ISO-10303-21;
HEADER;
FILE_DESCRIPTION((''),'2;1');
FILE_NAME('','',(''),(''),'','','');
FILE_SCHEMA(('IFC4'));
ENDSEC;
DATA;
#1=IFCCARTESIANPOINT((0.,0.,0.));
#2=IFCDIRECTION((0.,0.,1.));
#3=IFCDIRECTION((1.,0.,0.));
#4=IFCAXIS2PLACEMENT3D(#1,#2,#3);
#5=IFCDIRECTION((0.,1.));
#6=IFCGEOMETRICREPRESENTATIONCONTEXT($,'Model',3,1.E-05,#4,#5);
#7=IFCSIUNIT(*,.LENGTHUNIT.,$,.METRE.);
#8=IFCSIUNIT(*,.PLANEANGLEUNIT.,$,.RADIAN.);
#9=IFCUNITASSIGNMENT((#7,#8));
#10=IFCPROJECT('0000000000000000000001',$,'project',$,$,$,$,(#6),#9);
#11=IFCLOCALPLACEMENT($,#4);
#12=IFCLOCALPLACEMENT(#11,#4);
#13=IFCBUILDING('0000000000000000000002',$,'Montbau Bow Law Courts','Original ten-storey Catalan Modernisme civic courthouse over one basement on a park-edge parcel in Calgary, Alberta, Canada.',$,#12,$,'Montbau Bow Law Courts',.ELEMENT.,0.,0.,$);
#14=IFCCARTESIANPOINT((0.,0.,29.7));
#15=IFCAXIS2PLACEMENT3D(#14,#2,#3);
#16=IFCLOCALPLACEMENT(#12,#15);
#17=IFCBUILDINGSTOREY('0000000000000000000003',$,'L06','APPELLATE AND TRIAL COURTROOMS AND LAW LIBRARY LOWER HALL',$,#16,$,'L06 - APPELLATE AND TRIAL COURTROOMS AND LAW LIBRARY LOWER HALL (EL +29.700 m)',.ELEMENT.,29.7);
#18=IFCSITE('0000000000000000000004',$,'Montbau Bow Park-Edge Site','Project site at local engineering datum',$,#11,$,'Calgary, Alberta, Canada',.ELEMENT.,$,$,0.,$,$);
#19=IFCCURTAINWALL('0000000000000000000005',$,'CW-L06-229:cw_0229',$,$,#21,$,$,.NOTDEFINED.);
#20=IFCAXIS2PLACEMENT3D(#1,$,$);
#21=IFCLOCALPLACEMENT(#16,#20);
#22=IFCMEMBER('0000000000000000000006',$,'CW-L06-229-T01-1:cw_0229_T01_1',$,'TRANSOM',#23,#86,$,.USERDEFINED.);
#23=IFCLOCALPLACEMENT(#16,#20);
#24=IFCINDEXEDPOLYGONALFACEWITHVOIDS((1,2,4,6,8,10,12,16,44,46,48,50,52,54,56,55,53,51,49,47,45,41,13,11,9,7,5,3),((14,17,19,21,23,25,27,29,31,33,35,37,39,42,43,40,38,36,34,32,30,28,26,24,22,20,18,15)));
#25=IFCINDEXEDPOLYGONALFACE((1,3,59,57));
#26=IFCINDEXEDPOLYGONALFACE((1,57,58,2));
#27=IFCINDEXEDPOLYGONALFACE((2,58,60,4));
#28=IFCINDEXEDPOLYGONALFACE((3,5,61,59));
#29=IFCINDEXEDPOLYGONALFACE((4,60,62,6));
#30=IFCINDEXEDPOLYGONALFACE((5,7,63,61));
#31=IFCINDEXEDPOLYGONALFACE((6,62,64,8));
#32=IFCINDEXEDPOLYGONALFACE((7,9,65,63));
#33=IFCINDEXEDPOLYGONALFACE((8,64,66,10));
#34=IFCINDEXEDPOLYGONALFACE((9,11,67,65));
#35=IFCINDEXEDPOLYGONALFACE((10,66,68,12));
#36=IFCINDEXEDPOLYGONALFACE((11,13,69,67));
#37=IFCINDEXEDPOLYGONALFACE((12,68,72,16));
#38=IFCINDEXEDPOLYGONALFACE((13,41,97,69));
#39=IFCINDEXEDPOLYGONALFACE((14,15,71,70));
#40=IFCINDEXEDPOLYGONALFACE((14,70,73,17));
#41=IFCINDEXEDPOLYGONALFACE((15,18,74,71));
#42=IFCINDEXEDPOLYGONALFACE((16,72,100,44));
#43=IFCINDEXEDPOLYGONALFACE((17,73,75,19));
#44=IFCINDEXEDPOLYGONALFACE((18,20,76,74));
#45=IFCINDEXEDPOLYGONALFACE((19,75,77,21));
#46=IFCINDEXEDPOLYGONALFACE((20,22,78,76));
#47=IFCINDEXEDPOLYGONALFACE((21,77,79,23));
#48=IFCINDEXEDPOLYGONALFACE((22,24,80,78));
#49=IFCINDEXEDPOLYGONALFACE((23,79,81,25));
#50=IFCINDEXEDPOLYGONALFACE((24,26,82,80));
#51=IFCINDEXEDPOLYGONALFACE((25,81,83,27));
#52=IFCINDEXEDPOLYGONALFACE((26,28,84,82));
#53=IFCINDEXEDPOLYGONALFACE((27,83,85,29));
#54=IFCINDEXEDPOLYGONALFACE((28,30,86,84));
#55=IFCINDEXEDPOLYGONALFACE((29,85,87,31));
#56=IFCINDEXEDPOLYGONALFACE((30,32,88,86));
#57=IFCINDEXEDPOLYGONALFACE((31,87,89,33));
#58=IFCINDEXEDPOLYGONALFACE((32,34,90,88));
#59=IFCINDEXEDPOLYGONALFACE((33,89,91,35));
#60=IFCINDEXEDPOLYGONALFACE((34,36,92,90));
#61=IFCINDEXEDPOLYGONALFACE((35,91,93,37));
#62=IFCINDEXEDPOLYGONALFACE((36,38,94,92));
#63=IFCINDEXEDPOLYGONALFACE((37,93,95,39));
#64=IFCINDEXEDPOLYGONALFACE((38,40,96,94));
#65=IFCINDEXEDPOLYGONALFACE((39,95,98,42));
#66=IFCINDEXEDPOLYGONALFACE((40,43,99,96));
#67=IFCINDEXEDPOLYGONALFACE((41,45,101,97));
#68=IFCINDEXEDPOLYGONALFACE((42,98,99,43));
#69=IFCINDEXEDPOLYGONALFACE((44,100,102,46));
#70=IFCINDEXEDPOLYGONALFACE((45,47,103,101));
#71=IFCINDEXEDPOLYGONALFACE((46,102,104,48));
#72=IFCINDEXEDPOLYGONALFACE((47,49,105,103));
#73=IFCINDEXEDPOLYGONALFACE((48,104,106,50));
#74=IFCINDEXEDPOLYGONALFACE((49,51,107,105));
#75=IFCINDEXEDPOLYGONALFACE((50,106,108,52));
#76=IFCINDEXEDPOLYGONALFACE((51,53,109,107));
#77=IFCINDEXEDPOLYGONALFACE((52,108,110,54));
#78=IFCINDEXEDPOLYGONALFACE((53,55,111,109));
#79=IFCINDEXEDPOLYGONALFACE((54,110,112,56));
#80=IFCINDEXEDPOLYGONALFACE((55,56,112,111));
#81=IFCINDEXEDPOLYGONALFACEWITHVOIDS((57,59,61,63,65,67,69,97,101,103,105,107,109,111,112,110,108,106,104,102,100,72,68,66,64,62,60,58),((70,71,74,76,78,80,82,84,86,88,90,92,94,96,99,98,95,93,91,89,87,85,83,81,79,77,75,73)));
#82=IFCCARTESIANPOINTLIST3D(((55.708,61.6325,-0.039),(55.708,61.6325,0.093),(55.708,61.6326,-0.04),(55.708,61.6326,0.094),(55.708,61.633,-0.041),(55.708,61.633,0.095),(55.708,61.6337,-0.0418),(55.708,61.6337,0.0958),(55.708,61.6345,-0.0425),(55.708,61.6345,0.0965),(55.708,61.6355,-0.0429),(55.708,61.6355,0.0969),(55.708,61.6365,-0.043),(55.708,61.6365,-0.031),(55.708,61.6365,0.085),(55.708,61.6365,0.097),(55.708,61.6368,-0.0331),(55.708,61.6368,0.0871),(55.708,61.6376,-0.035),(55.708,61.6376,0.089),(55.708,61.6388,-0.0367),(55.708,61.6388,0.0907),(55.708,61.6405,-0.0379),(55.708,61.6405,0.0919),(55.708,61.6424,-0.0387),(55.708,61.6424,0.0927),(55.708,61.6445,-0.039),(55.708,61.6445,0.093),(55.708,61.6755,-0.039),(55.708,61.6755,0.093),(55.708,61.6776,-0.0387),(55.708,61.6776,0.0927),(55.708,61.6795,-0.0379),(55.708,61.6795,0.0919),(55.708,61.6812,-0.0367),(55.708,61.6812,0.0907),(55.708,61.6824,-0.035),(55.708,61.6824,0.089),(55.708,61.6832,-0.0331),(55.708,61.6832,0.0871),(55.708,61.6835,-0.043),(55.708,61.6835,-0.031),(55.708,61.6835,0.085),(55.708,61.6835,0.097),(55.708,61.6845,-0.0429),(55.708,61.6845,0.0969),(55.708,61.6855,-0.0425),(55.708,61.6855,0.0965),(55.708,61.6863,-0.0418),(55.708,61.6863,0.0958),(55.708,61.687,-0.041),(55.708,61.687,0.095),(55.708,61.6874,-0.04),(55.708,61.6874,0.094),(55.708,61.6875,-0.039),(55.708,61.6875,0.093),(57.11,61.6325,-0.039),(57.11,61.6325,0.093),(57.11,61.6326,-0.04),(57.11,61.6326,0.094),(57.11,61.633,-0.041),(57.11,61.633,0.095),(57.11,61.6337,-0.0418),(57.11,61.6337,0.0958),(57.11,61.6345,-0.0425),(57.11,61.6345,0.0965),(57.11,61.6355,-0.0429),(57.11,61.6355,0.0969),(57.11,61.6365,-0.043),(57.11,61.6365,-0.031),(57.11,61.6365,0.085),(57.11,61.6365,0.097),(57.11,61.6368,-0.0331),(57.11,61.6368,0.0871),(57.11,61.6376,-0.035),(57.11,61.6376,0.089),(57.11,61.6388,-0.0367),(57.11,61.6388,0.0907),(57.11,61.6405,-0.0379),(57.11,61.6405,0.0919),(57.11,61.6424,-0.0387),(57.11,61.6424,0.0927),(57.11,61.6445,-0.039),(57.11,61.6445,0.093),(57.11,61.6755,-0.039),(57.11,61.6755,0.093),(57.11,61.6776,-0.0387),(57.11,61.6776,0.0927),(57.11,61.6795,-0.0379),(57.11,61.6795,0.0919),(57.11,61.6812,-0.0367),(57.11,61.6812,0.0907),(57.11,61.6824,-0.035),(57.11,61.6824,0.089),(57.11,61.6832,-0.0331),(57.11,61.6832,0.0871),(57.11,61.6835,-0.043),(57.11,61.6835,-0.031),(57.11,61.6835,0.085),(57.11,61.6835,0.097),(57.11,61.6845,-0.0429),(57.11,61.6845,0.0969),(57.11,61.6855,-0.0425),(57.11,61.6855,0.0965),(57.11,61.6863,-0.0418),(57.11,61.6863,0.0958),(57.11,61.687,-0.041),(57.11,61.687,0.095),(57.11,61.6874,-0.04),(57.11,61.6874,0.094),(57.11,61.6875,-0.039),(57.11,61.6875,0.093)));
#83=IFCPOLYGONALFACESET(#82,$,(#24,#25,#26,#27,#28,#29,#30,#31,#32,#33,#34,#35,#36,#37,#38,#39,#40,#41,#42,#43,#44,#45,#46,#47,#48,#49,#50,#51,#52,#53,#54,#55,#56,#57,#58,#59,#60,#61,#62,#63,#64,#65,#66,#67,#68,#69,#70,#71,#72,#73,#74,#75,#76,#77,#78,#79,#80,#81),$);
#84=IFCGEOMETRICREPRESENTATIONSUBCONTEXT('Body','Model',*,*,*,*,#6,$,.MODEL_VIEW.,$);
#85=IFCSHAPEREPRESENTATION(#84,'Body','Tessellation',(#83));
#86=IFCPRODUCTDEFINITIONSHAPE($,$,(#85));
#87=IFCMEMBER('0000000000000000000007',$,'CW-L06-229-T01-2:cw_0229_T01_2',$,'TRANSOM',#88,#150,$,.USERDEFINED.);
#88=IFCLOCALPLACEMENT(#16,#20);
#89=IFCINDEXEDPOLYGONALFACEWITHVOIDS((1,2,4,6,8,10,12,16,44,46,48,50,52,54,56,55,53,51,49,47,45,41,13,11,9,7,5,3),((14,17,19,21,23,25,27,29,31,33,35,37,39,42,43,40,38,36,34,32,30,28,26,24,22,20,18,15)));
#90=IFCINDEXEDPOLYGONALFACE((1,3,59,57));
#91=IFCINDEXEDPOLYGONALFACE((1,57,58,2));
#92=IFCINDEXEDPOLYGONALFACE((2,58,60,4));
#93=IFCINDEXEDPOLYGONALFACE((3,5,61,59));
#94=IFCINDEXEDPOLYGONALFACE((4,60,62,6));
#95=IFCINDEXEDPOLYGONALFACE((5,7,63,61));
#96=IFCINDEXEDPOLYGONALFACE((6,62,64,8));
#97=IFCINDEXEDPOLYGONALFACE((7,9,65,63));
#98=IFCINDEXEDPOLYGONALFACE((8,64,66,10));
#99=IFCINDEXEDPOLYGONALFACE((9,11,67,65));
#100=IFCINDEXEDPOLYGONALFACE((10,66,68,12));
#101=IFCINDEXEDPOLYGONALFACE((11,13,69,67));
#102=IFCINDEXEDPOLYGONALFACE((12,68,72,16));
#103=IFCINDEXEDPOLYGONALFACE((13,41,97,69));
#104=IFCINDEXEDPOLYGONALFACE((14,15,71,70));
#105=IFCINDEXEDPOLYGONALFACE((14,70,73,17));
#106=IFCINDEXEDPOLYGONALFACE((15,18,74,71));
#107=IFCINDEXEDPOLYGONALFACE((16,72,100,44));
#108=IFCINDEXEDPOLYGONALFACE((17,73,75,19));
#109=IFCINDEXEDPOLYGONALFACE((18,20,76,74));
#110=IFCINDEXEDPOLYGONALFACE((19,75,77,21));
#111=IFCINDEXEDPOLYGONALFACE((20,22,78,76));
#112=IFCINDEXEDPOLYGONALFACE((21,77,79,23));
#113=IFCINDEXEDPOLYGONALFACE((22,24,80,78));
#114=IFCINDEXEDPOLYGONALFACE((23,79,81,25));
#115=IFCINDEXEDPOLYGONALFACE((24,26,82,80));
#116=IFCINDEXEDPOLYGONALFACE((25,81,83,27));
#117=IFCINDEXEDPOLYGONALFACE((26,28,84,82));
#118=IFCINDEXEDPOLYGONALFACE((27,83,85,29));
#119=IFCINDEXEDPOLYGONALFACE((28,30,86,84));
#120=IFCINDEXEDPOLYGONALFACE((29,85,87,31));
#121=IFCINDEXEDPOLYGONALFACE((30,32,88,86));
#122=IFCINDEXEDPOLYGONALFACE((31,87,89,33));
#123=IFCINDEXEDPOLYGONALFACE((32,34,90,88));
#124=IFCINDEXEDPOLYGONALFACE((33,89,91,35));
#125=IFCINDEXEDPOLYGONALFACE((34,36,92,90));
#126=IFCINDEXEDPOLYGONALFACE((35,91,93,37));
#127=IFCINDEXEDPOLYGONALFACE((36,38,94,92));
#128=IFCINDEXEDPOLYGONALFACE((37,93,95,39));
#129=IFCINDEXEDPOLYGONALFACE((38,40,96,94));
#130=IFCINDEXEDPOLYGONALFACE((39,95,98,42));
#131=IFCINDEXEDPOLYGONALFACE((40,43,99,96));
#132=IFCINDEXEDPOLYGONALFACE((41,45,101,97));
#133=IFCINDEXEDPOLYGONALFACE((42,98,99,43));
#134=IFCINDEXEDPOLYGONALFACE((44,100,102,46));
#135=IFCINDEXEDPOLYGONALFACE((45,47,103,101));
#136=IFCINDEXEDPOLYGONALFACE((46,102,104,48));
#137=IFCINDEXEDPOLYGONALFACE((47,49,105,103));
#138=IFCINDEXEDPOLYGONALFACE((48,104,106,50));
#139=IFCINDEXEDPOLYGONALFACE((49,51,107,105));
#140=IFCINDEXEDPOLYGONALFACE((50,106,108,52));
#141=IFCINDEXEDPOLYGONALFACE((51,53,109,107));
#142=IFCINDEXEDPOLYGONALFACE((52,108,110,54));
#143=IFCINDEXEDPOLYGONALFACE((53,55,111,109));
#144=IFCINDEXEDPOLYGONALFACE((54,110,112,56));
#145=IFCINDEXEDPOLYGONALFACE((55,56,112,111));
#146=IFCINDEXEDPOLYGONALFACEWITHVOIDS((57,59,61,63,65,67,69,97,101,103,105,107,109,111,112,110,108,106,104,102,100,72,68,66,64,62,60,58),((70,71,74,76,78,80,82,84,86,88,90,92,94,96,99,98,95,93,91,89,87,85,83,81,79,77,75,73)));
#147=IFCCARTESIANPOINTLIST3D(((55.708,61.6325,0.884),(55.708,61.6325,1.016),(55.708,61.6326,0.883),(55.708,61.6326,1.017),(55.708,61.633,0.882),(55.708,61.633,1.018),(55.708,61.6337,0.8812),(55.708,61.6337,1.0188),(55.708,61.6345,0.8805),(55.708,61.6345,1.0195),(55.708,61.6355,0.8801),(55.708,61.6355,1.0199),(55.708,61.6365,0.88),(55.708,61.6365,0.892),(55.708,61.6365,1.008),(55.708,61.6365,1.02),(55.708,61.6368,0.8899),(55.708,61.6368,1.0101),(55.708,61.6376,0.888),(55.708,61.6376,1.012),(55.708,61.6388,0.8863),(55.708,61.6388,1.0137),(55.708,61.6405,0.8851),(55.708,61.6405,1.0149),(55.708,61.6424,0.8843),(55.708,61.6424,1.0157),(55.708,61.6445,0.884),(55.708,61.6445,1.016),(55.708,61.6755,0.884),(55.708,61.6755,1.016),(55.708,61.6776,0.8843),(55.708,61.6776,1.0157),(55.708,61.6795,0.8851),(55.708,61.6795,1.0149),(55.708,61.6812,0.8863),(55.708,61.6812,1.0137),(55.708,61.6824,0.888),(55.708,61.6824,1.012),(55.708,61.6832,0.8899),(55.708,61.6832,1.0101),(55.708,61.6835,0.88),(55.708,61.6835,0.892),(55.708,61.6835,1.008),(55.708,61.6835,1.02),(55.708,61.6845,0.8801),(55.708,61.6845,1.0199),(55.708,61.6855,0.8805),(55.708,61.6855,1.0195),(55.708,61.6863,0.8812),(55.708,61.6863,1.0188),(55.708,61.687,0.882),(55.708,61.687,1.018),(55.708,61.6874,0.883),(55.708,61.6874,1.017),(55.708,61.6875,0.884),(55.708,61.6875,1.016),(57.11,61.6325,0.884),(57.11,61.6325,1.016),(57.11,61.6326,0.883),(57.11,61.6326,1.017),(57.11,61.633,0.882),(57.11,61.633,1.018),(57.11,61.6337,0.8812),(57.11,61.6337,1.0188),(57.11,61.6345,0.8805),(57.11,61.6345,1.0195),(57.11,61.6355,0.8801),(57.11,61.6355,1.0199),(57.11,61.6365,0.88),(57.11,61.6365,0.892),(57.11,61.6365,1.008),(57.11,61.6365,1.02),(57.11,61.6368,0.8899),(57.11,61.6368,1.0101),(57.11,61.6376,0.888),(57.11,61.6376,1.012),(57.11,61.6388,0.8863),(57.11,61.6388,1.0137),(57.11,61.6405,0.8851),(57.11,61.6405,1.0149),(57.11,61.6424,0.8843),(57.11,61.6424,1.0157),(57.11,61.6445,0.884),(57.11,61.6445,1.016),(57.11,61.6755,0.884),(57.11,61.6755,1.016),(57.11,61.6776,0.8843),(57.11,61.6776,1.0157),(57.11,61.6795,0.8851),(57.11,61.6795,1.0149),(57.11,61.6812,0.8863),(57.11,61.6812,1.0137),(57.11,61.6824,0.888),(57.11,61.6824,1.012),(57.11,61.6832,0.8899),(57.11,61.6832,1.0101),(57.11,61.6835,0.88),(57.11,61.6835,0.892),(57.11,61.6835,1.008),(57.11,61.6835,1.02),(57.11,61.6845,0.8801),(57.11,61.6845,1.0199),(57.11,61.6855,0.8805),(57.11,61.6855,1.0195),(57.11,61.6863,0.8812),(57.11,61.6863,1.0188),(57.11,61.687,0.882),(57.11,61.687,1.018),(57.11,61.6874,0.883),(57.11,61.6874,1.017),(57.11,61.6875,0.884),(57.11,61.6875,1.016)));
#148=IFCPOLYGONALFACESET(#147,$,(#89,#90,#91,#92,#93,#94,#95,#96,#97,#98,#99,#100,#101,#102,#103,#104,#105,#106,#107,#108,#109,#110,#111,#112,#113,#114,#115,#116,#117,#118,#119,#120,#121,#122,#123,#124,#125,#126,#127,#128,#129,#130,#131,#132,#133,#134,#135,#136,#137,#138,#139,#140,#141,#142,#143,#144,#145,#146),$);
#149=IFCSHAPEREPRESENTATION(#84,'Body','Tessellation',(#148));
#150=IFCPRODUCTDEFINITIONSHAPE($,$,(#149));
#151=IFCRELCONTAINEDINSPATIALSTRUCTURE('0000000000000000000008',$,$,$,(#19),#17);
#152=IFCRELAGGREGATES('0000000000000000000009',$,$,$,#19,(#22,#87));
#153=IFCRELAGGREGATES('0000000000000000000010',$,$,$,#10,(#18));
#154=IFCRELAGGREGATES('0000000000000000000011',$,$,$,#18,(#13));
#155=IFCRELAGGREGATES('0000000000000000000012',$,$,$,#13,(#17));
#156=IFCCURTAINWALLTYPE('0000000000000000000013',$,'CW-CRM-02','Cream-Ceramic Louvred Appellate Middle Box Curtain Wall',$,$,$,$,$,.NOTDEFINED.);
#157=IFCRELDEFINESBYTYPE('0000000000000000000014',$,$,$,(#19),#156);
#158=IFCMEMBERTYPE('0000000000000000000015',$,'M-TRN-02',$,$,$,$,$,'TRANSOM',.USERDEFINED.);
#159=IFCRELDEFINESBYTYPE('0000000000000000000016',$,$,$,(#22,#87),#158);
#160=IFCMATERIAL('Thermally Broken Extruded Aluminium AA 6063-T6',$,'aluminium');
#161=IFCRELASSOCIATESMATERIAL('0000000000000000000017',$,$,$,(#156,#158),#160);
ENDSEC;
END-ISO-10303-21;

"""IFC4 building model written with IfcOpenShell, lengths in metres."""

from ifc_helpers import new_model, si_unit, direction, frame, origin_with_axes, origin_2d_with_axis, place, context, subcontext, project, spatial, hollow_rectangle, extrude, material, material_profile, profile_set, type_object, element, aggregate, save


model = new_model("IFC4")

# Units and contexts
model_context = context("Model", 3, precision=1e-05, world=origin_with_axes(), true_north=direction((0.0, 1.0)))
body_context = subcontext(model_context, "Body", "Model", "MODEL_VIEW")
ifc_project = project(units=[si_unit("LENGTHUNIT", "METRE"), si_unit("PLANEANGLEUNIT", "RADIAN")], contexts=[model_context])

# Site, building, storey
site_placement = place(None, origin_with_axes())
site = spatial("IfcSite", under=ifc_project, at=site_placement, Name="Montbau Bow Park-Edge Site", Description="Project site at local engineering datum", LongName="Calgary, Alberta, Canada", CompositionType="ELEMENT", RefElevation=0.0)
building_placement = place(site_placement, origin_with_axes())
building = spatial("IfcBuilding", under=site, at=building_placement, Name="Montbau Bow Law Courts", Description="Original ten-storey Catalan Modernisme civic courthouse over one basement on a park-edge parcel in Calgary, Alberta, Canada.", LongName="Montbau Bow Law Courts", CompositionType="ELEMENT", ElevationOfRefHeight=0.0, ElevationOfTerrain=0.0)
storey_placement = place(building_placement, frame((0.0, 0.0, 29.7), z_axis=(0.0, 0.0, 1.0), x_axis=(1.0, 0.0, 0.0)))
storey = spatial("IfcBuildingStorey", under=building, at=storey_placement, Name="L06", Description="APPELLATE AND TRIAL COURTROOMS AND LAW LIBRARY LOWER HALL", LongName="L06 - APPELLATE AND TRIAL COURTROOMS AND LAW LIBRARY LOWER HALL (EL +29.700 m)", CompositionType="ELEMENT", Elevation=29.7)

# Curtain wall, members
ifc_material_1 = material(Name="Thermally Broken Extruded Aluminium AA 6063-T6", Category="aluminium")
curtain_wall_type = type_object("IfcCurtainWallType", Name="CW-CRM-02", Description="Cream-Ceramic Louvred Appellate Middle Box Curtain Wall", PredefinedType="NOTDEFINED", material=ifc_material_1)
curtain_wall_placement = place(None, frame((55.64, 61.66, 29.7), z_axis=(0.0, 0.0, 1.0), x_axis=(1.0, 0.0, 0.0)))
curtain_wall = element("IfcCurtainWall", 1, at=curtain_wall_placement, inside=storey, type_object=curtain_wall_type, Name="CW-L06-229:cw_0229", PredefinedType="NOTDEFINED")
ifc_material_profile_1 = material_profile(ifc_material_1, hollow_rectangle(XDim=0.055, YDim=0.14, WallThickness=0.004, InnerFilletRadius=0.008, OuterFilletRadius=0.004, at=origin_2d_with_axis()), Name="CWT-140X55", Category="Main", Priority=0)
ifc_profile_set_1 = profile_set([ifc_material_profile_1], Name="Thermally Broken Extruded Aluminium AA 6063-T6")
member_type_1 = type_object("IfcMemberType", Name="M-TRN-02", ElementType="TRANSOM", PredefinedType="USERDEFINED", material=ifc_profile_set_1)
member_1_placement = place(None, frame((55.708, 61.66, 29.727), z_axis=(1.0, 0.0, 0.0), x_axis=(0.0, 1.0, 0.0)))
member_1 = element("IfcMember", 2, at=member_1_placement, type_object=member_type_1, Name="CW-L06-229-T01-1:cw_0229_T01_1", ObjectType="TRANSOM", PredefinedType="USERDEFINED", context=body_context, shape_type="SweptSolid", body=[
    extrude(hollow_rectangle(XDim=0.055, YDim=0.14, WallThickness=0.004, InnerFilletRadius=0.008, OuterFilletRadius=0.004, at=origin_2d_with_axis()), origin_with_axes(), (0.0, 0.0, 1.0), 1.402),
])
member_2_placement = place(None, frame((55.708, 61.66, 30.65), z_axis=(1.0, 0.0, 0.0), x_axis=(0.0, 1.0, 0.0)))
member_2 = element("IfcMember", 3, at=member_2_placement, type_object=member_type_1, Name="CW-L06-229-T01-2:cw_0229_T01_2", ObjectType="TRANSOM", PredefinedType="USERDEFINED", context=body_context, shape_type="SweptSolid", body=[
    extrude(hollow_rectangle(XDim=0.055, YDim=0.14, WallThickness=0.004, InnerFilletRadius=0.008, OuterFilletRadius=0.004, at=origin_2d_with_axis()), origin_with_axes(), (0.0, 0.0, 1.0), 1.402),
])
aggregate(curtain_wall, [member_1, member_2])

save(model, "model.ifc")
